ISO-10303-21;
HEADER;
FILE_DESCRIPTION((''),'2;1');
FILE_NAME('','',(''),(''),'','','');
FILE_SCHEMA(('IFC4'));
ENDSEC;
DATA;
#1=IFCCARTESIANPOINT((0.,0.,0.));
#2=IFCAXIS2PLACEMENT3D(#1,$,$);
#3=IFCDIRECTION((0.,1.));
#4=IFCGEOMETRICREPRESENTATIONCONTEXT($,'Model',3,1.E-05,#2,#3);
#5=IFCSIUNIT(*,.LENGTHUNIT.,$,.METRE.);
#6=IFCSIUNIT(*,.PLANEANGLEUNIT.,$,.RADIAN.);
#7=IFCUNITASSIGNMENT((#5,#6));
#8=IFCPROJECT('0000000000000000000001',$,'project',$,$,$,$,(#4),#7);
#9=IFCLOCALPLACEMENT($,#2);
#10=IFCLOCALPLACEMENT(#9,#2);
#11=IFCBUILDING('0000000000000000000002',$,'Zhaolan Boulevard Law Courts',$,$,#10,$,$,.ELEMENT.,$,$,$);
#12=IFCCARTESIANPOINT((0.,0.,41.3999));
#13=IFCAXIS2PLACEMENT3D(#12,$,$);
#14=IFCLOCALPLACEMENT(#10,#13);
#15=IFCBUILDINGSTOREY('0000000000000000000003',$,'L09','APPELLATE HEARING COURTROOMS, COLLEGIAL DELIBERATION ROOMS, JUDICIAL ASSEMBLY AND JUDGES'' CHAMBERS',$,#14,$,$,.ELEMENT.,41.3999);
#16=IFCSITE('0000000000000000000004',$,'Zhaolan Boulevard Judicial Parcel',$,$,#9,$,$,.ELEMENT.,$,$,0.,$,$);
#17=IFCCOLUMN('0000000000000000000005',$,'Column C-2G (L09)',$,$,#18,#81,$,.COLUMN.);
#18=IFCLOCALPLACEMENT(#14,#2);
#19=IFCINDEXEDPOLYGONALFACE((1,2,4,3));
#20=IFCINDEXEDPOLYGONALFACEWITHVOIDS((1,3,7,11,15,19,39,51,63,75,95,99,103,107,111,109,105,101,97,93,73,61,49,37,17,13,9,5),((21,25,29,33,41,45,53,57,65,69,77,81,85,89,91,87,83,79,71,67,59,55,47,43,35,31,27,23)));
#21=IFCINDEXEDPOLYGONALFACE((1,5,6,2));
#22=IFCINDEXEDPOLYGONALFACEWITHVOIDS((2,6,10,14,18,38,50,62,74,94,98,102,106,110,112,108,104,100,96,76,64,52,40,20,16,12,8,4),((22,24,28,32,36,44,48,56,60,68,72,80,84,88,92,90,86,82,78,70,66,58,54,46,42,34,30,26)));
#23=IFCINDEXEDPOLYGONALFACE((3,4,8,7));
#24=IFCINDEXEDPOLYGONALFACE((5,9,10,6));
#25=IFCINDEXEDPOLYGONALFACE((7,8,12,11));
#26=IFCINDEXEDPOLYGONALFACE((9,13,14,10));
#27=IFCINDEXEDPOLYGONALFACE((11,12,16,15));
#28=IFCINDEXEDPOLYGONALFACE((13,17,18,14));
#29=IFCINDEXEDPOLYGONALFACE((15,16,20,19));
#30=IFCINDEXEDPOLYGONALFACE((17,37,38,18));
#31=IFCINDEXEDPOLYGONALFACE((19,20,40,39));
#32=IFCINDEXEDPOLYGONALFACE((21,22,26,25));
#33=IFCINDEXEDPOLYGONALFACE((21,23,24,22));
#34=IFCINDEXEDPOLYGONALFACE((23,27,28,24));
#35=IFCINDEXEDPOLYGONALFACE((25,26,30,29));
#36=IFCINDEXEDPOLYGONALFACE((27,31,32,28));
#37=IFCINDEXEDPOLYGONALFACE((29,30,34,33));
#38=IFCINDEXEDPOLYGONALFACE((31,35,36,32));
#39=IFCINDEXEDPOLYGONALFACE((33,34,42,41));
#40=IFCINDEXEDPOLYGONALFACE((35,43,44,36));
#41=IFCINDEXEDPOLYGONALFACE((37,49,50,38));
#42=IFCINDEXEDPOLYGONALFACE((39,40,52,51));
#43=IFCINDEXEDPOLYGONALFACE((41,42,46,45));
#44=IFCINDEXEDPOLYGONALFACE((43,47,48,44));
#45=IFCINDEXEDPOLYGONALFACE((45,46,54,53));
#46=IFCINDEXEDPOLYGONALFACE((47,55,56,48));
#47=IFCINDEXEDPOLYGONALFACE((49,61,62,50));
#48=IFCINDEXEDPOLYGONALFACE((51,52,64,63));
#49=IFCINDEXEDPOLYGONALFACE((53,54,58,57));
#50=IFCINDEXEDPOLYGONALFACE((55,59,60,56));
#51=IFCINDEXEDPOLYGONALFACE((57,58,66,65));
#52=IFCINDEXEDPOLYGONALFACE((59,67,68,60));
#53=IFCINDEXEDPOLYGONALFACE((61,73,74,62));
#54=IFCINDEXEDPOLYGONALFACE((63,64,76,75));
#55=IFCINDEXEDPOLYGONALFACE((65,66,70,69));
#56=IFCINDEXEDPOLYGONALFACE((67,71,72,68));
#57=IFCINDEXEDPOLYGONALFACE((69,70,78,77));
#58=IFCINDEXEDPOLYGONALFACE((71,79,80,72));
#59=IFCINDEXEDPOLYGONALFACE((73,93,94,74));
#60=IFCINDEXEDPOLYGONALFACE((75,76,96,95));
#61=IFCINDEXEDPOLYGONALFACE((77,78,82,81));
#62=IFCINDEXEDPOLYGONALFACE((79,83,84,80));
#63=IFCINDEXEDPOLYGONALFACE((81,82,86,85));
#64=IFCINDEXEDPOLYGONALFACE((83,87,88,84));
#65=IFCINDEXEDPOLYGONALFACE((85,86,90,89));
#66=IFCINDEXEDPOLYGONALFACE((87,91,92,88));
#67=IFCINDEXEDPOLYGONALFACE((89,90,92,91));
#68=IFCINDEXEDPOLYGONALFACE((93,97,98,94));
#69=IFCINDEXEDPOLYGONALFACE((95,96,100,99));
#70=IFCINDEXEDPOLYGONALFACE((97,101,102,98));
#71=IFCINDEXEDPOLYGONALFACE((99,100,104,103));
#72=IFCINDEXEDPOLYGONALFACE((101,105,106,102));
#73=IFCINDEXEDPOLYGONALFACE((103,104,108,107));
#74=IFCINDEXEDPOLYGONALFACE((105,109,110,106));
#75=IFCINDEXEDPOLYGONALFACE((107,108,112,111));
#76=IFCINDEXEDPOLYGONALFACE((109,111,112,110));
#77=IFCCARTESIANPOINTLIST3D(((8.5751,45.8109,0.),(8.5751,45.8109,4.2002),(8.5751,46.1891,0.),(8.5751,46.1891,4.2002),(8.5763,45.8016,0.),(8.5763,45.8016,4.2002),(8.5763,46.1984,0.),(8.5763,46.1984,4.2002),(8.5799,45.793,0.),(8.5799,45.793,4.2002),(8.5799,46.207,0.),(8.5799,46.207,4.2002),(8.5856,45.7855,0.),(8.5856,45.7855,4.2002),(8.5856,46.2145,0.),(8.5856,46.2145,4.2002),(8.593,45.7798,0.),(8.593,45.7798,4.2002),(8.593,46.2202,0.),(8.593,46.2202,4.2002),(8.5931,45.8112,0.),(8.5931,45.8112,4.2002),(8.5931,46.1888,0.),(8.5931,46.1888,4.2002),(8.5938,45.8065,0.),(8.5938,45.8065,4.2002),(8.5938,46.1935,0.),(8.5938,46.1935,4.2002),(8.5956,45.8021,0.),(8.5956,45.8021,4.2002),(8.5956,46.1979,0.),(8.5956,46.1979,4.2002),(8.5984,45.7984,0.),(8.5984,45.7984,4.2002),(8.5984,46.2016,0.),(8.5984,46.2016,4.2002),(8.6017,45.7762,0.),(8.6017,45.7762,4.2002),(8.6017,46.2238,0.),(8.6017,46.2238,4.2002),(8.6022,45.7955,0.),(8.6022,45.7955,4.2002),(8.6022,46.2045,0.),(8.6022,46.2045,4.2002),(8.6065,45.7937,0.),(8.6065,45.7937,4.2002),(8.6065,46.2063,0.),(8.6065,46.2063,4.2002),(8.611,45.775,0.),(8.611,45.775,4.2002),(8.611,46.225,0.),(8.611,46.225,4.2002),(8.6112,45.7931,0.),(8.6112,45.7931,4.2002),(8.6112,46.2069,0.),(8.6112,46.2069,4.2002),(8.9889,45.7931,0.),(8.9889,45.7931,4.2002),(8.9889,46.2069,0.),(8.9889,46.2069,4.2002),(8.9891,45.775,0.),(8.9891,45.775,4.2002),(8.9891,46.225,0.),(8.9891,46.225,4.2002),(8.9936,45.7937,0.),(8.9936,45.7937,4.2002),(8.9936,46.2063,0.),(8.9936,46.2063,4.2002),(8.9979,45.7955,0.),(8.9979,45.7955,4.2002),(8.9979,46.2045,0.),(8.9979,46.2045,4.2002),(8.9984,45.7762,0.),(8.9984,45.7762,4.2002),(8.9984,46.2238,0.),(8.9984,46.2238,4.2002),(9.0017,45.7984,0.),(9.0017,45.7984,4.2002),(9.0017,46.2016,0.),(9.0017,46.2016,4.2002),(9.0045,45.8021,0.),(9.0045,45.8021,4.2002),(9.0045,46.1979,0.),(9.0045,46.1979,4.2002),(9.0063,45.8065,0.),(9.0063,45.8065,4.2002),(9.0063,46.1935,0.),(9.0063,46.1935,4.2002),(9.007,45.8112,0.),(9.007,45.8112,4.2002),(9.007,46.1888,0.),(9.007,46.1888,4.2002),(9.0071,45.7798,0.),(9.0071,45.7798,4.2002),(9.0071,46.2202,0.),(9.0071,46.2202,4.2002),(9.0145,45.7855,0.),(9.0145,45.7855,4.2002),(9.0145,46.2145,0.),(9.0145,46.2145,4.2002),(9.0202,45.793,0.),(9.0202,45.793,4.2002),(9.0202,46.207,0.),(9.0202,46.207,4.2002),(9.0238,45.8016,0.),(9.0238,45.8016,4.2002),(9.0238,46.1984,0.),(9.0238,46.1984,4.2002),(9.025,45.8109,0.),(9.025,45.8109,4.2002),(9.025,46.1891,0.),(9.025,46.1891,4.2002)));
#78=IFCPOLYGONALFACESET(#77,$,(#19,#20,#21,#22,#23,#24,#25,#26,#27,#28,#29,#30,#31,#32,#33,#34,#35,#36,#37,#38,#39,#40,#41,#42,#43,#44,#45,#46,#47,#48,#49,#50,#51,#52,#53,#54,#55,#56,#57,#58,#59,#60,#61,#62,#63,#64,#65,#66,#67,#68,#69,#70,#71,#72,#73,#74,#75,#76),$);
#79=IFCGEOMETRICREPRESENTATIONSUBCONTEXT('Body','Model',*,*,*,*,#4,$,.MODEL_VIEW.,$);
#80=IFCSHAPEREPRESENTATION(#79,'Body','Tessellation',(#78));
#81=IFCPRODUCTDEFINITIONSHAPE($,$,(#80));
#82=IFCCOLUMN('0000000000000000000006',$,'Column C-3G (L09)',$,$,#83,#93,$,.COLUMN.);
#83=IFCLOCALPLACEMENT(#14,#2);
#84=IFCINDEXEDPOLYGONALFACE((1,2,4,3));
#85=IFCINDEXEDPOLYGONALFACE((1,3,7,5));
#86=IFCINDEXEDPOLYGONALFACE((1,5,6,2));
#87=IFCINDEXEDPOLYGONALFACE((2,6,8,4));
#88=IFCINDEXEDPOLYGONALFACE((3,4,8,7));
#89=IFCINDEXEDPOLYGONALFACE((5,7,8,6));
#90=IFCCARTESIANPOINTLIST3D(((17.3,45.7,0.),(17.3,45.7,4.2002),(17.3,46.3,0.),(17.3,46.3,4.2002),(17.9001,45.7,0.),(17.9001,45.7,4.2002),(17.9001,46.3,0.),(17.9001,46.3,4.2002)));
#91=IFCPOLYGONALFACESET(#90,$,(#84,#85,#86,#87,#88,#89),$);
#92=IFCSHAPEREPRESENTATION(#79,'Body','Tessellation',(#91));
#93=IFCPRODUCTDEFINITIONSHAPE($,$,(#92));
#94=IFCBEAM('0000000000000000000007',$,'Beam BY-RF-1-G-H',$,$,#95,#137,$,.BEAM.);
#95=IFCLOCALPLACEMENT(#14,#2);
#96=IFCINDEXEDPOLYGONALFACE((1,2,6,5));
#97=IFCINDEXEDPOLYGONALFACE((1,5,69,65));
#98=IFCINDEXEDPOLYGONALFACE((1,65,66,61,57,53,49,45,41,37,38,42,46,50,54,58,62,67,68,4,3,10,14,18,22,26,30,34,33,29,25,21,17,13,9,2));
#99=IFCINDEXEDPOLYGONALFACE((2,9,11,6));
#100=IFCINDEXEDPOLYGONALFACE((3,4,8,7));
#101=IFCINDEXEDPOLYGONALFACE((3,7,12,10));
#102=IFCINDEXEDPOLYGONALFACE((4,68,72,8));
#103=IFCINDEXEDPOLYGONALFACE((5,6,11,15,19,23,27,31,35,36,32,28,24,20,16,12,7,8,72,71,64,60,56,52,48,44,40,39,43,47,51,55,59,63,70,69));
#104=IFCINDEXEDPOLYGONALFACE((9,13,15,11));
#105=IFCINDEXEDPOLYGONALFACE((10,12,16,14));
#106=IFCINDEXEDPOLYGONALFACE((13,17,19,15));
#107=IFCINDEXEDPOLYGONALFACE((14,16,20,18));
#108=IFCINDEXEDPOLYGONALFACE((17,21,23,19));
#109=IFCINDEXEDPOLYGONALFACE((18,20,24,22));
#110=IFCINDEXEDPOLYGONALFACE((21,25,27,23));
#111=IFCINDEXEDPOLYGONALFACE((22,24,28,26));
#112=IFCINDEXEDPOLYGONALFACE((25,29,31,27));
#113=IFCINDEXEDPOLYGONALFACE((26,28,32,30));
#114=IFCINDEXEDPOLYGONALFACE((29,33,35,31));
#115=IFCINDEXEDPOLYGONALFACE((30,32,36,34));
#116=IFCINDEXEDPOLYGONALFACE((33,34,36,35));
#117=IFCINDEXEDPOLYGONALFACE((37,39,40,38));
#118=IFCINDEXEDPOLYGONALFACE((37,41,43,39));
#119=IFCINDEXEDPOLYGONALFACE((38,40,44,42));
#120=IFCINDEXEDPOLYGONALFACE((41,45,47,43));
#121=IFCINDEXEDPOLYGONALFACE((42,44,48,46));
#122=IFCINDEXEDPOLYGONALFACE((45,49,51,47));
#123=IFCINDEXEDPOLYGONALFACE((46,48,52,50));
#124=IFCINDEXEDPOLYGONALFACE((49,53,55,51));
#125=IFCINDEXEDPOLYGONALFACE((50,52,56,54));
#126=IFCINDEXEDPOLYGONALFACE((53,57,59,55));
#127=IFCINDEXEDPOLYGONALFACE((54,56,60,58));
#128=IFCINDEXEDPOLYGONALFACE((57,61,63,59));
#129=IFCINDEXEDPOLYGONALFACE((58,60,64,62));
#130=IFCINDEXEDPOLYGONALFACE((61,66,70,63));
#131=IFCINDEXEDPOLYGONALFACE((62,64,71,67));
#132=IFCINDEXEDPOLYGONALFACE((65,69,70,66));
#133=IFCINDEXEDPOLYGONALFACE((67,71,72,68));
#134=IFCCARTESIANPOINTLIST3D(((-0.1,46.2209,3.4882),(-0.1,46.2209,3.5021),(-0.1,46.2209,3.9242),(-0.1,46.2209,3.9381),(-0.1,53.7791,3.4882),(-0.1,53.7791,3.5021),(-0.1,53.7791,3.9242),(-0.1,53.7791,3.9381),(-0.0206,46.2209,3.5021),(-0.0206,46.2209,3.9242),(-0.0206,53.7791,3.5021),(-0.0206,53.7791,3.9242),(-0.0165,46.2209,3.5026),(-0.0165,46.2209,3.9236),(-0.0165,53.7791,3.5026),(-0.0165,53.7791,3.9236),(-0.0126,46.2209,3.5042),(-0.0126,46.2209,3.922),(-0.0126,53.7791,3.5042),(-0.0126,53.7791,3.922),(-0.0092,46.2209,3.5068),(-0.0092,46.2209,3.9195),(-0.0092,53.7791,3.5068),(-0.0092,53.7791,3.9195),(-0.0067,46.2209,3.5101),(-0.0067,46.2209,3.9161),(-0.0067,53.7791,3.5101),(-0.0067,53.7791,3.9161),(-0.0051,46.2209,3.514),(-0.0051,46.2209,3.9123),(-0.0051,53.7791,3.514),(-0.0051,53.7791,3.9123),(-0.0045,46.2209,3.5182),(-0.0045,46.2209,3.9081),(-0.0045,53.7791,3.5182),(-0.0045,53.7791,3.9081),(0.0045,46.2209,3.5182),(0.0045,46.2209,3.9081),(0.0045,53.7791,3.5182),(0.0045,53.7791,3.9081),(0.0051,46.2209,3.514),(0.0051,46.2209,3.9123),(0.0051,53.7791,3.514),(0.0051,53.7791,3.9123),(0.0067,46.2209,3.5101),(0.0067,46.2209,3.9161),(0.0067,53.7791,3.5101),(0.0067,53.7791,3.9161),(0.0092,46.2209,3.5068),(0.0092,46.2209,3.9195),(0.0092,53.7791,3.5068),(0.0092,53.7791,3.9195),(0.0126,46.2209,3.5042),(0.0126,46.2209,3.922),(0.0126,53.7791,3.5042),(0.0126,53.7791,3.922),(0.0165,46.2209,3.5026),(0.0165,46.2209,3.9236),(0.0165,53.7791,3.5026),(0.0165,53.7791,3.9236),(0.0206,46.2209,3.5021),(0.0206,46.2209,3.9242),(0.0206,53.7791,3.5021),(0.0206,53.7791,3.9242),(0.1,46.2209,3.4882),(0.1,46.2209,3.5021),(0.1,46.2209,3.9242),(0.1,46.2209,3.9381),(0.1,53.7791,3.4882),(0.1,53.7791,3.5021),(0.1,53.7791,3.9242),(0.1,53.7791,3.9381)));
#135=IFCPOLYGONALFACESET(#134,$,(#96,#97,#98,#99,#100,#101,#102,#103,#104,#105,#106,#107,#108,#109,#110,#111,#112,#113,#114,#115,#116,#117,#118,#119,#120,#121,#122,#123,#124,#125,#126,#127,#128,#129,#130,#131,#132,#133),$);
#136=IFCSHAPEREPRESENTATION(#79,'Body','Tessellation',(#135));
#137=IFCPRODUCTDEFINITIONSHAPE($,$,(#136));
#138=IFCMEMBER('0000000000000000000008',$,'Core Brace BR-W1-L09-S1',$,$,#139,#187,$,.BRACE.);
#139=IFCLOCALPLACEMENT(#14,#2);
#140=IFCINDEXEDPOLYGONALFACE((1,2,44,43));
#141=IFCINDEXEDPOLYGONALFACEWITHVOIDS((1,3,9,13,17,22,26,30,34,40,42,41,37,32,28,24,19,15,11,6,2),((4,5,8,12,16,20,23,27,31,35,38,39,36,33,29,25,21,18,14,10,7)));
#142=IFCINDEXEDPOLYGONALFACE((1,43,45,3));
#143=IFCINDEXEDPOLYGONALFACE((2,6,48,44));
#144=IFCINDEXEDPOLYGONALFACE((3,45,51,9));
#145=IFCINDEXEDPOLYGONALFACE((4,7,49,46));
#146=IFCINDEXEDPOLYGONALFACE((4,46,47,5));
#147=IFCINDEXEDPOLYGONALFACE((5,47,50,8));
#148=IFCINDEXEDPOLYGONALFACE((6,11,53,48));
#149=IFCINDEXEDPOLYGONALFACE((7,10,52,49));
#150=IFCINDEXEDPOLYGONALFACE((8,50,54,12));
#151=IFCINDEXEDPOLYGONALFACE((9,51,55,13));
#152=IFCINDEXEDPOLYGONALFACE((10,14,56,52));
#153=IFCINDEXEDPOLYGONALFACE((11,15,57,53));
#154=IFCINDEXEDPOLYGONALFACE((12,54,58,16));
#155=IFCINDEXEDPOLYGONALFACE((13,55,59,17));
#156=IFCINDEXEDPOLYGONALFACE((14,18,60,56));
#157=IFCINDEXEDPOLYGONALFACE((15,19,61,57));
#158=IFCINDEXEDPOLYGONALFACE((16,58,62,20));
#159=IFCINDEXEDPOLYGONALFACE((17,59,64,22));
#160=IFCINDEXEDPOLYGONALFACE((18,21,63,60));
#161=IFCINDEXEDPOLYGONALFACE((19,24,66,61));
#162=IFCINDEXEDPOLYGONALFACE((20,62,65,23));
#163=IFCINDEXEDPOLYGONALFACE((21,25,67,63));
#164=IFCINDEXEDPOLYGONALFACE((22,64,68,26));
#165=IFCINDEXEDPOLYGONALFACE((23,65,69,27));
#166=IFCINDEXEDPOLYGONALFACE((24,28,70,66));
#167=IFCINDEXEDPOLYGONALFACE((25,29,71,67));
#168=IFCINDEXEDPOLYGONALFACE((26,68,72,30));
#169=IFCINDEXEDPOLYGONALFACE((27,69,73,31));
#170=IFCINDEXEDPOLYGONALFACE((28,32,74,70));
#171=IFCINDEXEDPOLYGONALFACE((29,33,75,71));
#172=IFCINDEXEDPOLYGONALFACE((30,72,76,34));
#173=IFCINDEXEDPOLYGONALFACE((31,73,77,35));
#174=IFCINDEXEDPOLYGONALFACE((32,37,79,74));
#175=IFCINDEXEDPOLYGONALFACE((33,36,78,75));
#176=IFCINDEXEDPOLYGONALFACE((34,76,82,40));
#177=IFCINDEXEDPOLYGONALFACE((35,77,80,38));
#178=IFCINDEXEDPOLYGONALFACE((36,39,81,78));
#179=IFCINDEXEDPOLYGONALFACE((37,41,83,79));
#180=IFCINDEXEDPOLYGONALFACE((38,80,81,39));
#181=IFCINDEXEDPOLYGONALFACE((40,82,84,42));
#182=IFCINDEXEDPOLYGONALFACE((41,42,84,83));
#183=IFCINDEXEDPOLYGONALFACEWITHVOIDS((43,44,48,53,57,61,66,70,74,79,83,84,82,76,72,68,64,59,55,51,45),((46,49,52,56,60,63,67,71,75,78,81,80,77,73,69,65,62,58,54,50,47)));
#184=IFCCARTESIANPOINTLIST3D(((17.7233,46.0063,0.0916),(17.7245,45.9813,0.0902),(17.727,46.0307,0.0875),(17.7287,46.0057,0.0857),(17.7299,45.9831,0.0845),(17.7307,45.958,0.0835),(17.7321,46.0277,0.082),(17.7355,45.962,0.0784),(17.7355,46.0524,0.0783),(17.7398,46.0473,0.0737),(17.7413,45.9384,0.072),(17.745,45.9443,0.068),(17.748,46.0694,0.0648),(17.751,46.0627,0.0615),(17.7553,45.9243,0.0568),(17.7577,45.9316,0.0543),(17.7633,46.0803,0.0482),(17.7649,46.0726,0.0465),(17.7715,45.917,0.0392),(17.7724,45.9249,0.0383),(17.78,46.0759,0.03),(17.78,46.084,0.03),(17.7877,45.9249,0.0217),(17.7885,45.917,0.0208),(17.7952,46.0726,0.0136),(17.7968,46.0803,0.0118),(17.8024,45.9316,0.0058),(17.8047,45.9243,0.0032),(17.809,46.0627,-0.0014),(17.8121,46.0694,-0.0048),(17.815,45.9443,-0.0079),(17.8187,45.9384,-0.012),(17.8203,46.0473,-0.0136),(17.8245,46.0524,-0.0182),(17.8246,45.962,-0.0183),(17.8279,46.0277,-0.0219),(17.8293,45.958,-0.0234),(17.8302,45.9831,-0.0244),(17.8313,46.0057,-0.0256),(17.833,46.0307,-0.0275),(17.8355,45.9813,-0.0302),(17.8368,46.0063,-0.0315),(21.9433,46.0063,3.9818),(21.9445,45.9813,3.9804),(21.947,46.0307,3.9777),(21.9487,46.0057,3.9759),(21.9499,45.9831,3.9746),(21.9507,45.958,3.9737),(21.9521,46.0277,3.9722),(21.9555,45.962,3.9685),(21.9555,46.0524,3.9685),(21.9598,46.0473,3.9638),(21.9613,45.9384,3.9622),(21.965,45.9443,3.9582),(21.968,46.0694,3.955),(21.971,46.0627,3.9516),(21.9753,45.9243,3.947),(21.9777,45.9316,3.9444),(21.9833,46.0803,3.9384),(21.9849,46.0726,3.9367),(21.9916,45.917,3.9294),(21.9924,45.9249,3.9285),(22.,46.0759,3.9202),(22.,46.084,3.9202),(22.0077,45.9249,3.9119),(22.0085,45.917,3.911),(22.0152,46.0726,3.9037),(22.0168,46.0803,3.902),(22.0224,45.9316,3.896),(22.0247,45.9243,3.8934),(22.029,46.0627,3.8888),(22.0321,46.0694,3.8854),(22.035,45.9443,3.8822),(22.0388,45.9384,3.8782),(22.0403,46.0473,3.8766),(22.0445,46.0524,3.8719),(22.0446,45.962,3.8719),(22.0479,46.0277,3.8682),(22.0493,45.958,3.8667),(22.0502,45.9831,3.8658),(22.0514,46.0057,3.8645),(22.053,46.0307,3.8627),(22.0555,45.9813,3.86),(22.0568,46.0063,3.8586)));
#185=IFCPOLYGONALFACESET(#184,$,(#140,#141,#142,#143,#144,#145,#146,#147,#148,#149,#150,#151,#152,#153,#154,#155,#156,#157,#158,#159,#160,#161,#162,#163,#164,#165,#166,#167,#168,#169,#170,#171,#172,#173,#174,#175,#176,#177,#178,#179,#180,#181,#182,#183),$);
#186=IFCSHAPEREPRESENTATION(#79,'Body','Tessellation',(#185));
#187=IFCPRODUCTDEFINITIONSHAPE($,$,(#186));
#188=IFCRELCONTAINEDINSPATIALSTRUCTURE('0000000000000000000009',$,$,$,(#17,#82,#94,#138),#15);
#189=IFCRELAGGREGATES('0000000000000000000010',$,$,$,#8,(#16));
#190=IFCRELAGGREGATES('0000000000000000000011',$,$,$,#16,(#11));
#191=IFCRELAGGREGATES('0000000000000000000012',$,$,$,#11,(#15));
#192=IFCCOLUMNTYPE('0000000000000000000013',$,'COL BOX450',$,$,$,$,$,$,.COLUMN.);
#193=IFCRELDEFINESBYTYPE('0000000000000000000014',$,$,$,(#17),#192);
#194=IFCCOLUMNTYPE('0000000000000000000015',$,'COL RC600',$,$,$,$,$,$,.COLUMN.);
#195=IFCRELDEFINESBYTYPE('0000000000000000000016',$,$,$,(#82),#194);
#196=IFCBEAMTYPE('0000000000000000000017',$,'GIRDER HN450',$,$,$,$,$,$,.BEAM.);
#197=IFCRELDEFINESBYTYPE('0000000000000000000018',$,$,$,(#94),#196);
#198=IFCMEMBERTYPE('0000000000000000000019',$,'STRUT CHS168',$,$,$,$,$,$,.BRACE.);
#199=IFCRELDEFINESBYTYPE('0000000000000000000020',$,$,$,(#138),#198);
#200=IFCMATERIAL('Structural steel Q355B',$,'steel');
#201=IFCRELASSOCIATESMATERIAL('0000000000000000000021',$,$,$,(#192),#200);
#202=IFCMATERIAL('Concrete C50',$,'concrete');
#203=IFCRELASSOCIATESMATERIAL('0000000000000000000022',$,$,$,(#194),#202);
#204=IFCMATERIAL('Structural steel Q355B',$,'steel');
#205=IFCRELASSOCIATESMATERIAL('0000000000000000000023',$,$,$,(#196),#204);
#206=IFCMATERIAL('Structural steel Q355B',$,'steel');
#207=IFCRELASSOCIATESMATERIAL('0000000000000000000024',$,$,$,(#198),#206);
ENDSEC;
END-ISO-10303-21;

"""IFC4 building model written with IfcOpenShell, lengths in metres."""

from ifc_helpers import new_model, si_unit, direction, frame, origin, origin_2d, place, context, subcontext, project, spatial, rectangle, hollow_rectangle, hollow_circle, i_section, extrude, material, material_profile, profile_set, type_object, element, save


model = new_model("IFC4")

# Units and contexts
model_context = context("Model", 3, precision=1e-05, world=origin(), true_north=direction((0.0, 1.0)))
body_context = subcontext(model_context, "Body", "Model", "MODEL_VIEW")
ifc_project = project(units=[si_unit("LENGTHUNIT", "METRE"), si_unit("PLANEANGLEUNIT", "RADIAN")], contexts=[model_context])

# Site, building, storey
site_placement = place(None, origin())
site = spatial("IfcSite", under=ifc_project, at=site_placement, Name="Zhaolan Boulevard Judicial Parcel", CompositionType="ELEMENT", RefElevation=0.0)
building_placement = place(site_placement, origin())
building = spatial("IfcBuilding", under=site, at=building_placement, Name="Zhaolan Boulevard Law Courts", CompositionType="ELEMENT")
storey_placement = place(building_placement, frame((0.0, 0.0, 41.3999)))
storey = spatial("IfcBuildingStorey", under=building, at=storey_placement, Name="L09", Description="APPELLATE HEARING COURTROOMS, COLLEGIAL DELIBERATION ROOMS, JUDICIAL ASSEMBLY AND JUDGES' CHAMBERS", CompositionType="ELEMENT", Elevation=41.3999)

# Columns
ifc_material_1 = material(Name="Structural steel Q355B", Category="steel")
ifc_material_profile_1 = material_profile(ifc_material_1, hollow_rectangle(XDim=0.45, YDim=0.45, WallThickness=0.0181, InnerFilletRadius=0.0181, OuterFilletRadius=0.0359, at=origin_2d()), Name="BOX450x450x18")
ifc_profile_set_1 = profile_set([ifc_material_profile_1], Name="Structural steel Q355B")
column_type_1 = type_object("IfcColumnType", Name="COL BOX450", PredefinedType="COLUMN", material=ifc_profile_set_1)
column_1_placement = place(storey_placement, frame((8.8, 46.0, 0.0), z_axis=(0.0, 0.0, 1.0), x_axis=(1.0, 0.0, 0.0)))
element("IfcColumn", 1, at=column_1_placement, inside=storey, type_object=column_type_1, Name="Column C-2G (L09)", PredefinedType="COLUMN", context=body_context, shape_type="SweptSolid", body=[
    extrude(hollow_rectangle(XDim=0.45, YDim=0.45, WallThickness=0.0181, InnerFilletRadius=0.0181, OuterFilletRadius=0.0359, at=origin_2d()), origin(), (0.0, 0.0, 1.0), 4.2002),
])
ifc_material_2 = material(Name="Concrete C50", Category="concrete")
ifc_material_profile_2 = material_profile(ifc_material_2, rectangle(XDim=0.6001, YDim=0.6001, at=origin_2d()), Name="RC600x600")
ifc_profile_set_2 = profile_set([ifc_material_profile_2], Name="Concrete C50")
column_type_2 = type_object("IfcColumnType", Name="COL RC600", PredefinedType="COLUMN", material=ifc_profile_set_2)
column_2_placement = place(storey_placement, frame((17.6001, 46.0, 0.0), z_axis=(0.0, 0.0, 1.0), x_axis=(1.0, 0.0, 0.0)))
element("IfcColumn", 2, at=column_2_placement, inside=storey, type_object=column_type_2, Name="Column C-3G (L09)", PredefinedType="COLUMN", context=body_context, shape_type="SweptSolid", body=[
    extrude(rectangle(XDim=0.6001, YDim=0.6001, at=origin_2d()), origin(), (0.0, 0.0, 1.0), 4.2002),
])

# Beam
ifc_material_3 = material(Name="Structural steel Q355B", Category="steel")
ifc_material_profile_3 = material_profile(ifc_material_3, i_section(OverallWidth=0.2, OverallDepth=0.45, WebThickness=0.009, FlangeThickness=0.0139, FilletRadius=0.0161, at=origin_2d()), Name="HN450x200")
ifc_profile_set_3 = profile_set([ifc_material_profile_3], Name="Structural steel Q355B")
beam_type = type_object("IfcBeamType", Name="GIRDER HN450", PredefinedType="BEAM", material=ifc_profile_set_3)
beam_placement = place(storey_placement, frame((0.0, 46.2209, 3.7131), z_axis=(0.0, 1.0, 0.0), x_axis=(-1.0, 0.0, 0.0)))
element("IfcBeam", 3, at=beam_placement, inside=storey, type_object=beam_type, Name="Beam BY-RF-1-G-H", PredefinedType="BEAM", context=body_context, shape_type="SweptSolid", body=[
    extrude(i_section(OverallWidth=0.2, OverallDepth=0.45, WebThickness=0.009, FlangeThickness=0.0139, FilletRadius=0.0161, at=origin_2d()), origin(), (0.0, 0.0, 1.0), 7.5581),
])

# Member
ifc_material_4 = material(Name="Structural steel Q355B", Category="steel")
ifc_material_profile_4 = material_profile(ifc_material_4, hollow_circle(Radius=0.084, WallThickness=0.0081, at=origin_2d()), Name="CHS168x8")
ifc_profile_set_4 = profile_set([ifc_material_profile_4], Name="Structural steel Q355B")
member_type = type_object("IfcMemberType", Name="STRUT CHS168", PredefinedType="BRACE", material=ifc_profile_set_4)
member_placement = place(storey_placement, frame((17.78, 46.0, 0.03), z_axis=(0.735257, 0.0, 0.677789), x_axis=(0.0, 1.0, 0.0)))
element("IfcMember", 4, at=member_placement, inside=storey, type_object=member_type, Name="Core Brace BR-W1-L09-S1", PredefinedType="BRACE", context=body_context, shape_type="SweptSolid", body=[
    extrude(hollow_circle(Radius=0.084, WallThickness=0.0081, at=origin_2d()), origin(), (0.0, 0.0, 1.0), 5.7395),
])

save(model, "model.ifc")
